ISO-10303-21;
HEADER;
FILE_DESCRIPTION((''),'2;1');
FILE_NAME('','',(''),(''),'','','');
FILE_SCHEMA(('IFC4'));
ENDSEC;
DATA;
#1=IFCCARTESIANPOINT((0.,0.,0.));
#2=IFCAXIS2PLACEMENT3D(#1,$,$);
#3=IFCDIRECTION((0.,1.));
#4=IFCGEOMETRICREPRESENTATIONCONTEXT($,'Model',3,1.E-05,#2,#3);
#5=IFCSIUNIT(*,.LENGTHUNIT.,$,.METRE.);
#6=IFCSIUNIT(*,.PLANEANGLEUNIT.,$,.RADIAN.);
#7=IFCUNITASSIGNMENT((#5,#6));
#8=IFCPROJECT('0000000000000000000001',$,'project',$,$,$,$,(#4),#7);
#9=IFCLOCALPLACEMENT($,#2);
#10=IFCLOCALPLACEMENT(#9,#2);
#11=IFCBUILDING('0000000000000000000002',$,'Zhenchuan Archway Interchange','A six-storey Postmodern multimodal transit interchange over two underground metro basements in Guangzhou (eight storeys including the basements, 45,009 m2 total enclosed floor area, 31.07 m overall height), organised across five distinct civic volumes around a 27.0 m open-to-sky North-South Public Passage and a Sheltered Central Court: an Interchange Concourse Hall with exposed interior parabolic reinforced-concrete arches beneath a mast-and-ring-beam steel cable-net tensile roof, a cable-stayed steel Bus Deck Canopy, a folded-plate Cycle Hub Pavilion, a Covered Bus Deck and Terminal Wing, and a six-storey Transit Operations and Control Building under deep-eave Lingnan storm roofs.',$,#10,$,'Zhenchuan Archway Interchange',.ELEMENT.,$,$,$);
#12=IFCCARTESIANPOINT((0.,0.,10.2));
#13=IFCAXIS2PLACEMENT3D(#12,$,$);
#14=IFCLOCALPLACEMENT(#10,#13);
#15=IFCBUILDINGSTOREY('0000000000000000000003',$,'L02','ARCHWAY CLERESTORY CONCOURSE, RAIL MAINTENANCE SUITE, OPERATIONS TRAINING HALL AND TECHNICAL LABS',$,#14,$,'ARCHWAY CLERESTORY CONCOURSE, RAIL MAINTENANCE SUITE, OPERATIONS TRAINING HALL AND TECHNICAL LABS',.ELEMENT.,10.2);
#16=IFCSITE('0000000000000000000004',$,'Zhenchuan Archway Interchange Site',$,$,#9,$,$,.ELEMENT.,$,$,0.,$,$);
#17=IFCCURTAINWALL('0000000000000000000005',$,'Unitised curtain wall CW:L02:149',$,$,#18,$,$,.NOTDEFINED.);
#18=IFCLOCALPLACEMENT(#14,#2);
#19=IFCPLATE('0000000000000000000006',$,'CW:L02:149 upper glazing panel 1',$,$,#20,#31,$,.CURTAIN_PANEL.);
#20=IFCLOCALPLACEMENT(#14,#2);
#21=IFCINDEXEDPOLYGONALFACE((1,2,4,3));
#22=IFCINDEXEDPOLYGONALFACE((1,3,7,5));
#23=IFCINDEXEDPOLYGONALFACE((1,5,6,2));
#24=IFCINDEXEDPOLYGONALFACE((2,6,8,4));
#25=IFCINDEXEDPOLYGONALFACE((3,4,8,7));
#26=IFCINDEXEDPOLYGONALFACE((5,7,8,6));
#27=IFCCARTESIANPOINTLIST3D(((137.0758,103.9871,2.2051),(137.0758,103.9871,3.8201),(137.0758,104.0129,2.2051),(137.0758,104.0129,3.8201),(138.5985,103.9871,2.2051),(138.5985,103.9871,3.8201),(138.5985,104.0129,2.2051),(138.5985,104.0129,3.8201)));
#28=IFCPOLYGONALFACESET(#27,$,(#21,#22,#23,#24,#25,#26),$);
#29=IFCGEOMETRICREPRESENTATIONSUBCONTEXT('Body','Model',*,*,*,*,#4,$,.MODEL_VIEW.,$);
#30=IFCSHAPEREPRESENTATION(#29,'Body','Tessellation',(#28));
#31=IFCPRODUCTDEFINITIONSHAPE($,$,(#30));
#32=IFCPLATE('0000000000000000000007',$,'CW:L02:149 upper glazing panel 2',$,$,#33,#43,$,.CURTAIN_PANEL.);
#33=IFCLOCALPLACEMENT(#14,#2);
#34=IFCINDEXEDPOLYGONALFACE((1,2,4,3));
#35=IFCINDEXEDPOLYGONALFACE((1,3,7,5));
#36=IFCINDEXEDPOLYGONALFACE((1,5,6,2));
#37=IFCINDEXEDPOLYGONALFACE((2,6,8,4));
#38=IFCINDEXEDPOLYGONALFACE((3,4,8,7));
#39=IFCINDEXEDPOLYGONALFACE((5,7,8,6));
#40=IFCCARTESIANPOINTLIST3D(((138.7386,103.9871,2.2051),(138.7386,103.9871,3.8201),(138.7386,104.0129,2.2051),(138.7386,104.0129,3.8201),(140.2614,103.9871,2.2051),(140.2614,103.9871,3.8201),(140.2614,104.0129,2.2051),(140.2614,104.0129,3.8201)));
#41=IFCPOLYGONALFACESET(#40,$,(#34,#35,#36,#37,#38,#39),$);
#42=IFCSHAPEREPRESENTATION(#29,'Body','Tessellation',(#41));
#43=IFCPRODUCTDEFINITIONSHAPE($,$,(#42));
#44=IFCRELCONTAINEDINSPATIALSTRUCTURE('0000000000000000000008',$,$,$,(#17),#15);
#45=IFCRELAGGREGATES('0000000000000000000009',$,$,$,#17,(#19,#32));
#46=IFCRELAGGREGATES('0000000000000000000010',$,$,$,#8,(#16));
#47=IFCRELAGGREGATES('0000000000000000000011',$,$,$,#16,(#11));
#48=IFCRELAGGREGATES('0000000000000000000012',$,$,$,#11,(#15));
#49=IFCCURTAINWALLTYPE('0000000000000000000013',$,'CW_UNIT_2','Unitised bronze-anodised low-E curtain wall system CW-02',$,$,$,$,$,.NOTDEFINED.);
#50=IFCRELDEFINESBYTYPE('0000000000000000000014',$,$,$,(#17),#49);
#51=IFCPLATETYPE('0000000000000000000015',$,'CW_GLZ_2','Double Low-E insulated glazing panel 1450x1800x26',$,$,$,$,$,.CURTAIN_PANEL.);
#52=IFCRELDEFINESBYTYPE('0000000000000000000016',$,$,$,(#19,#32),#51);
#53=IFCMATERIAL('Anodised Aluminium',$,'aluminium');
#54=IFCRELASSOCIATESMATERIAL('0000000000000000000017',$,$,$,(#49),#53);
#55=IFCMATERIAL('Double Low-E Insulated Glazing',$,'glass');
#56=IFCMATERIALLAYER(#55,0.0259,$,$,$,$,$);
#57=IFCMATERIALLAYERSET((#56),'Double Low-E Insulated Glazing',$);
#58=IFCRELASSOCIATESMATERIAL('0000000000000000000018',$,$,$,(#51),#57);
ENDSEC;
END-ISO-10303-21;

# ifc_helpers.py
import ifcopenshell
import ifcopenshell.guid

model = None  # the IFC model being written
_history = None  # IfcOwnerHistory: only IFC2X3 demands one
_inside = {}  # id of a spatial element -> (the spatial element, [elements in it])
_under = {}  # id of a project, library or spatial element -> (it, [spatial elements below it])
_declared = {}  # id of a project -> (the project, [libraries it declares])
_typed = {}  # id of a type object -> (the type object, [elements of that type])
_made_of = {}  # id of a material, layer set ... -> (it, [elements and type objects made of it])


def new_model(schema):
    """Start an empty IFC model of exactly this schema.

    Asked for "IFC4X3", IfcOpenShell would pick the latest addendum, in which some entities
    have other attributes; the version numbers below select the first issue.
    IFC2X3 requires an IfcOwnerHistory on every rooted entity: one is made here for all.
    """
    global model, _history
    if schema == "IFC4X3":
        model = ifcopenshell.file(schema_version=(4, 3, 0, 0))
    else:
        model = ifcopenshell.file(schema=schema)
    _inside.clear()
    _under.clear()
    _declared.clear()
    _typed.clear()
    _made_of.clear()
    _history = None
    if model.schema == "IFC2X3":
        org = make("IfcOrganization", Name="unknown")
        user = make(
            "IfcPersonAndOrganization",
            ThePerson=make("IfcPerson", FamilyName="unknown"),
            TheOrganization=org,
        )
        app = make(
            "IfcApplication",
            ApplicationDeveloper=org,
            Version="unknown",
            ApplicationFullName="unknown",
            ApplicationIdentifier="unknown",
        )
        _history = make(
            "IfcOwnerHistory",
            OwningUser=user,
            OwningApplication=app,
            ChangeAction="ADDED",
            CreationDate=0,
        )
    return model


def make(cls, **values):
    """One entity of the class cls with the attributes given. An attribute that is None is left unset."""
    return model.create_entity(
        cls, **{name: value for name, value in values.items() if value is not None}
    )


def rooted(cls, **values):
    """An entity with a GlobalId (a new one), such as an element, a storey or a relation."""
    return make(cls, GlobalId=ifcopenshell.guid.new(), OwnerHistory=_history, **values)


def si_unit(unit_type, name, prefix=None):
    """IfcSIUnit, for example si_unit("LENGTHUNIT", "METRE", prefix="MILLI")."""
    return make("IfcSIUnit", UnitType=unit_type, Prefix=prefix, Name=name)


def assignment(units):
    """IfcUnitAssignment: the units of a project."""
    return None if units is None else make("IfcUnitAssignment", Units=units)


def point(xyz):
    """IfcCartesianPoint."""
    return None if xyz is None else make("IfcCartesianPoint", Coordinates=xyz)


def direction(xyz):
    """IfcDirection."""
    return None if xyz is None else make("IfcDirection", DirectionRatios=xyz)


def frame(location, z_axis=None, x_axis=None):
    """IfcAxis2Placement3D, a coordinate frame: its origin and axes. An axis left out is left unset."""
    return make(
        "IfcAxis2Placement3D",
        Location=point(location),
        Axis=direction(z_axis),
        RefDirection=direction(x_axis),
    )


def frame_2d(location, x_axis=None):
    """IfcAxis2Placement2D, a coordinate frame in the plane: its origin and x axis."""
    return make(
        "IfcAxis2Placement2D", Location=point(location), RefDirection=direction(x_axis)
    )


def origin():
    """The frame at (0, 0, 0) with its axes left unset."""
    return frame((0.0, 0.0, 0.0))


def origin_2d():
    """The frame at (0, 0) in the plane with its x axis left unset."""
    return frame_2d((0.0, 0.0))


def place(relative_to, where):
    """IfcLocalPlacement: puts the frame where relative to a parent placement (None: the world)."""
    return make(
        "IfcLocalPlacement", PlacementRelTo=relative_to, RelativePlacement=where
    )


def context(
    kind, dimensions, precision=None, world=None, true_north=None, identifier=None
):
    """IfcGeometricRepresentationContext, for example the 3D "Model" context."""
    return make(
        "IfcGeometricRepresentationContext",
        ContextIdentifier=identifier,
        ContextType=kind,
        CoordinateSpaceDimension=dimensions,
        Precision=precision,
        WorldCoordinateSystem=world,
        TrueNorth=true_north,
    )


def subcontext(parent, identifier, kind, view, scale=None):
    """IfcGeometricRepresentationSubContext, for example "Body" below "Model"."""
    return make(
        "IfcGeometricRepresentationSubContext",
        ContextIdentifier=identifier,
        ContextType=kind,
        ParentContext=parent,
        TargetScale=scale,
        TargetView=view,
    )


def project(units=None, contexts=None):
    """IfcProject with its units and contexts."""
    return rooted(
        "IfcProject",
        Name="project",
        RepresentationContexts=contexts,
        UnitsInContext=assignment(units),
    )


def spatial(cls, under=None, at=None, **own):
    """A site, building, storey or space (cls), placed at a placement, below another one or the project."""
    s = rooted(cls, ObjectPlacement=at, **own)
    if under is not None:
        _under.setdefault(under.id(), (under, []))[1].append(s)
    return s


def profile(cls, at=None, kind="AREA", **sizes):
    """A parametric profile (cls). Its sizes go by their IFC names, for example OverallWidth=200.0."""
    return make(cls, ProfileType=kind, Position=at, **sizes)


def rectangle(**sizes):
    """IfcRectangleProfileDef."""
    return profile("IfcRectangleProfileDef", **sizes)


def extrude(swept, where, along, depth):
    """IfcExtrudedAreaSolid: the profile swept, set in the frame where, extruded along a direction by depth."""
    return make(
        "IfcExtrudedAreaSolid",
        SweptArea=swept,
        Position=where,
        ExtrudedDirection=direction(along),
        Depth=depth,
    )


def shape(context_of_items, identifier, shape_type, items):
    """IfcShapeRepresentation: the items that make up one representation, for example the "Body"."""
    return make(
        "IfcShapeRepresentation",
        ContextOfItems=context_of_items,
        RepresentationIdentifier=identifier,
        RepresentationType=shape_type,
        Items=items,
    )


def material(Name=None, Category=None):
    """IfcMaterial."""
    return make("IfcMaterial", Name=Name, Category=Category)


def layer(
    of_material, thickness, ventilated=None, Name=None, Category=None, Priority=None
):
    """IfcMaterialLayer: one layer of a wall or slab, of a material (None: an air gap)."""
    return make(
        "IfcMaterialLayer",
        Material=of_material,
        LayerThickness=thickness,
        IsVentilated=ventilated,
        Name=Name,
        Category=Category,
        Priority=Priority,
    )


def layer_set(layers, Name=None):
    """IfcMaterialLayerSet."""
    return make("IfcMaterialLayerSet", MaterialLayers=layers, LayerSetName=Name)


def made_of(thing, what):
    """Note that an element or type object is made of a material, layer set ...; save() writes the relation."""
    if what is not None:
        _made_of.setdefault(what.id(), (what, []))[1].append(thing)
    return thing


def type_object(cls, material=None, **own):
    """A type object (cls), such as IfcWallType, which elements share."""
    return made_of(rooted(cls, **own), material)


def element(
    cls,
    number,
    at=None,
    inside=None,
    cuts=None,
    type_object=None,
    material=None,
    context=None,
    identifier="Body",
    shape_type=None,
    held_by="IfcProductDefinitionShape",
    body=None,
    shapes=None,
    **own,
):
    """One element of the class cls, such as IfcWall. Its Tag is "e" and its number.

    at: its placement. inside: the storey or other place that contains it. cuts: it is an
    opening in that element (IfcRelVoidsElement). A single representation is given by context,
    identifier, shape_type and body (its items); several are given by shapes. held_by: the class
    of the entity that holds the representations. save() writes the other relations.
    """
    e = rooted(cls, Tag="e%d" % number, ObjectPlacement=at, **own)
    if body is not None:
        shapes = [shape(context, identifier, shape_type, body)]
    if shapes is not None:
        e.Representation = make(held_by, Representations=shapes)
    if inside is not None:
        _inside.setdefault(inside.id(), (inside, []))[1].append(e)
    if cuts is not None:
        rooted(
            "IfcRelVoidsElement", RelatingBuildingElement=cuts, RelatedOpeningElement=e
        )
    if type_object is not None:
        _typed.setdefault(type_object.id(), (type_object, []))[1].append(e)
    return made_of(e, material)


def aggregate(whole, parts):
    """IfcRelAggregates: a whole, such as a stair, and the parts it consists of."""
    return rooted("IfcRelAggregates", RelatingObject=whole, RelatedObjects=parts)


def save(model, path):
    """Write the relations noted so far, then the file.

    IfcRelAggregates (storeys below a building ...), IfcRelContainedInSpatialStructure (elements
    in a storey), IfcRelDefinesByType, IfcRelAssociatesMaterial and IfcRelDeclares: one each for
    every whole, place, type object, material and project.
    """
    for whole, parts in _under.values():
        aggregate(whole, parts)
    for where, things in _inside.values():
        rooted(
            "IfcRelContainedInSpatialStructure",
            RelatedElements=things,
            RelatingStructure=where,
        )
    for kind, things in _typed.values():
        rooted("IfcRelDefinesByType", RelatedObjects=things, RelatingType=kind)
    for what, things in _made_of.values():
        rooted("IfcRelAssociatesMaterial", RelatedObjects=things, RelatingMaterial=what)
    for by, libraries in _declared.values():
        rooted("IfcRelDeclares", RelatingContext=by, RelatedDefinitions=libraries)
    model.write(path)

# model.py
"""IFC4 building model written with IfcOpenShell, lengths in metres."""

from ifc_helpers import new_model, si_unit, direction, frame, origin, origin_2d, place, context, subcontext, project, spatial, rectangle, extrude, material, layer, layer_set, type_object, element, aggregate, save


model = new_model("IFC4")

# Units and contexts
model_context = context("Model", 3, precision=1e-05, world=origin(), true_north=direction((0.0, 1.0)))
body_context = subcontext(model_context, "Body", "Model", "MODEL_VIEW")
ifc_project = project(units=[si_unit("LENGTHUNIT", "METRE"), si_unit("PLANEANGLEUNIT", "RADIAN")], contexts=[model_context])

# Site, building, storey
site_placement = place(None, origin())
site = spatial("IfcSite", under=ifc_project, at=site_placement, Name="Zhenchuan Archway Interchange Site", CompositionType="ELEMENT", RefElevation=0.0)
building_placement = place(site_placement, origin())
building = spatial("IfcBuilding", under=site, at=building_placement, Name="Zhenchuan Archway Interchange", Description="A six-storey Postmodern multimodal transit interchange over two underground metro basements in Guangzhou (eight storeys including the basements, 45,009 m2 total enclosed floor area, 31.07 m overall height), organised across five distinct civic volumes around a 27.0 m open-to-sky North-South Public Passage and a Sheltered Central Court: an Interchange Concourse Hall with exposed interior parabolic reinforced-concrete arches beneath a mast-and-ring-beam steel cable-net tensile roof, a cable-stayed steel Bus Deck Canopy, a folded-plate Cycle Hub Pavilion, a Covered Bus Deck and Terminal Wing, and a six-storey Transit Operations and Control Building under deep-eave Lingnan storm roofs.", LongName="Zhenchuan Archway Interchange", CompositionType="ELEMENT")
storey_placement = place(building_placement, frame((0.0, 0.0, 10.2)))
storey = spatial("IfcBuildingStorey", under=building, at=storey_placement, Name="L02", Description="ARCHWAY CLERESTORY CONCOURSE, RAIL MAINTENANCE SUITE, OPERATIONS TRAINING HALL AND TECHNICAL LABS", LongName="ARCHWAY CLERESTORY CONCOURSE, RAIL MAINTENANCE SUITE, OPERATIONS TRAINING HALL AND TECHNICAL LABS", CompositionType="ELEMENT", Elevation=10.2)

# Curtain wall
ifc_material_1 = material(Name="Anodised Aluminium", Category="aluminium")
curtain_wall_type = type_object("IfcCurtainWallType", Name="CW_UNIT_2", Description="Unitised bronze-anodised low-E curtain wall system CW-02", PredefinedType="NOTDEFINED", material=ifc_material_1)
curtain_wall_placement = place(storey_placement, origin())
curtain_wall = element("IfcCurtainWall", 1, at=curtain_wall_placement, inside=storey, type_object=curtain_wall_type, Name="Unitised curtain wall CW:L02:149", PredefinedType="NOTDEFINED")

# Plates
ifc_material_2 = material(Name="Double Low-E Insulated Glazing", Category="glass")
ifc_layer_1 = layer(ifc_material_2, 0.0259)
ifc_layer_set_1 = layer_set([ifc_layer_1], Name="Double Low-E Insulated Glazing")
plate_type_1 = type_object("IfcPlateType", Name="CW_GLZ_2", Description="Double Low-E insulated glazing panel 1450x1800x26", PredefinedType="CURTAIN_PANEL", material=ifc_layer_set_1)
plate_1_placement = place(storey_placement, frame((137.8372, 104.0, 2.2051), z_axis=(0.0, 0.0, 1.0), x_axis=(1.0, 0.0, 0.0)))
plate_1 = element("IfcPlate", 2, at=plate_1_placement, type_object=plate_type_1, Name="CW:L02:149 upper glazing panel 1", PredefinedType="CURTAIN_PANEL", context=body_context, shape_type="SweptSolid", body=[
    extrude(rectangle(XDim=1.5227, YDim=0.0259, at=origin_2d()), origin(), (0.0, 0.0, 1.0), 1.615),
])
plate_2_placement = place(storey_placement, frame((139.5, 104.0, 2.2051), z_axis=(0.0, 0.0, 1.0), x_axis=(1.0, 0.0, 0.0)))
plate_2 = element("IfcPlate", 3, at=plate_2_placement, type_object=plate_type_1, Name="CW:L02:149 upper glazing panel 2", PredefinedType="CURTAIN_PANEL", context=body_context, shape_type="SweptSolid", body=[
    extrude(rectangle(XDim=1.5227, YDim=0.0259, at=origin_2d()), origin(), (0.0, 0.0, 1.0), 1.615),
])
aggregate(curtain_wall, [plate_1, plate_2])

save(model, "model.ifc")
